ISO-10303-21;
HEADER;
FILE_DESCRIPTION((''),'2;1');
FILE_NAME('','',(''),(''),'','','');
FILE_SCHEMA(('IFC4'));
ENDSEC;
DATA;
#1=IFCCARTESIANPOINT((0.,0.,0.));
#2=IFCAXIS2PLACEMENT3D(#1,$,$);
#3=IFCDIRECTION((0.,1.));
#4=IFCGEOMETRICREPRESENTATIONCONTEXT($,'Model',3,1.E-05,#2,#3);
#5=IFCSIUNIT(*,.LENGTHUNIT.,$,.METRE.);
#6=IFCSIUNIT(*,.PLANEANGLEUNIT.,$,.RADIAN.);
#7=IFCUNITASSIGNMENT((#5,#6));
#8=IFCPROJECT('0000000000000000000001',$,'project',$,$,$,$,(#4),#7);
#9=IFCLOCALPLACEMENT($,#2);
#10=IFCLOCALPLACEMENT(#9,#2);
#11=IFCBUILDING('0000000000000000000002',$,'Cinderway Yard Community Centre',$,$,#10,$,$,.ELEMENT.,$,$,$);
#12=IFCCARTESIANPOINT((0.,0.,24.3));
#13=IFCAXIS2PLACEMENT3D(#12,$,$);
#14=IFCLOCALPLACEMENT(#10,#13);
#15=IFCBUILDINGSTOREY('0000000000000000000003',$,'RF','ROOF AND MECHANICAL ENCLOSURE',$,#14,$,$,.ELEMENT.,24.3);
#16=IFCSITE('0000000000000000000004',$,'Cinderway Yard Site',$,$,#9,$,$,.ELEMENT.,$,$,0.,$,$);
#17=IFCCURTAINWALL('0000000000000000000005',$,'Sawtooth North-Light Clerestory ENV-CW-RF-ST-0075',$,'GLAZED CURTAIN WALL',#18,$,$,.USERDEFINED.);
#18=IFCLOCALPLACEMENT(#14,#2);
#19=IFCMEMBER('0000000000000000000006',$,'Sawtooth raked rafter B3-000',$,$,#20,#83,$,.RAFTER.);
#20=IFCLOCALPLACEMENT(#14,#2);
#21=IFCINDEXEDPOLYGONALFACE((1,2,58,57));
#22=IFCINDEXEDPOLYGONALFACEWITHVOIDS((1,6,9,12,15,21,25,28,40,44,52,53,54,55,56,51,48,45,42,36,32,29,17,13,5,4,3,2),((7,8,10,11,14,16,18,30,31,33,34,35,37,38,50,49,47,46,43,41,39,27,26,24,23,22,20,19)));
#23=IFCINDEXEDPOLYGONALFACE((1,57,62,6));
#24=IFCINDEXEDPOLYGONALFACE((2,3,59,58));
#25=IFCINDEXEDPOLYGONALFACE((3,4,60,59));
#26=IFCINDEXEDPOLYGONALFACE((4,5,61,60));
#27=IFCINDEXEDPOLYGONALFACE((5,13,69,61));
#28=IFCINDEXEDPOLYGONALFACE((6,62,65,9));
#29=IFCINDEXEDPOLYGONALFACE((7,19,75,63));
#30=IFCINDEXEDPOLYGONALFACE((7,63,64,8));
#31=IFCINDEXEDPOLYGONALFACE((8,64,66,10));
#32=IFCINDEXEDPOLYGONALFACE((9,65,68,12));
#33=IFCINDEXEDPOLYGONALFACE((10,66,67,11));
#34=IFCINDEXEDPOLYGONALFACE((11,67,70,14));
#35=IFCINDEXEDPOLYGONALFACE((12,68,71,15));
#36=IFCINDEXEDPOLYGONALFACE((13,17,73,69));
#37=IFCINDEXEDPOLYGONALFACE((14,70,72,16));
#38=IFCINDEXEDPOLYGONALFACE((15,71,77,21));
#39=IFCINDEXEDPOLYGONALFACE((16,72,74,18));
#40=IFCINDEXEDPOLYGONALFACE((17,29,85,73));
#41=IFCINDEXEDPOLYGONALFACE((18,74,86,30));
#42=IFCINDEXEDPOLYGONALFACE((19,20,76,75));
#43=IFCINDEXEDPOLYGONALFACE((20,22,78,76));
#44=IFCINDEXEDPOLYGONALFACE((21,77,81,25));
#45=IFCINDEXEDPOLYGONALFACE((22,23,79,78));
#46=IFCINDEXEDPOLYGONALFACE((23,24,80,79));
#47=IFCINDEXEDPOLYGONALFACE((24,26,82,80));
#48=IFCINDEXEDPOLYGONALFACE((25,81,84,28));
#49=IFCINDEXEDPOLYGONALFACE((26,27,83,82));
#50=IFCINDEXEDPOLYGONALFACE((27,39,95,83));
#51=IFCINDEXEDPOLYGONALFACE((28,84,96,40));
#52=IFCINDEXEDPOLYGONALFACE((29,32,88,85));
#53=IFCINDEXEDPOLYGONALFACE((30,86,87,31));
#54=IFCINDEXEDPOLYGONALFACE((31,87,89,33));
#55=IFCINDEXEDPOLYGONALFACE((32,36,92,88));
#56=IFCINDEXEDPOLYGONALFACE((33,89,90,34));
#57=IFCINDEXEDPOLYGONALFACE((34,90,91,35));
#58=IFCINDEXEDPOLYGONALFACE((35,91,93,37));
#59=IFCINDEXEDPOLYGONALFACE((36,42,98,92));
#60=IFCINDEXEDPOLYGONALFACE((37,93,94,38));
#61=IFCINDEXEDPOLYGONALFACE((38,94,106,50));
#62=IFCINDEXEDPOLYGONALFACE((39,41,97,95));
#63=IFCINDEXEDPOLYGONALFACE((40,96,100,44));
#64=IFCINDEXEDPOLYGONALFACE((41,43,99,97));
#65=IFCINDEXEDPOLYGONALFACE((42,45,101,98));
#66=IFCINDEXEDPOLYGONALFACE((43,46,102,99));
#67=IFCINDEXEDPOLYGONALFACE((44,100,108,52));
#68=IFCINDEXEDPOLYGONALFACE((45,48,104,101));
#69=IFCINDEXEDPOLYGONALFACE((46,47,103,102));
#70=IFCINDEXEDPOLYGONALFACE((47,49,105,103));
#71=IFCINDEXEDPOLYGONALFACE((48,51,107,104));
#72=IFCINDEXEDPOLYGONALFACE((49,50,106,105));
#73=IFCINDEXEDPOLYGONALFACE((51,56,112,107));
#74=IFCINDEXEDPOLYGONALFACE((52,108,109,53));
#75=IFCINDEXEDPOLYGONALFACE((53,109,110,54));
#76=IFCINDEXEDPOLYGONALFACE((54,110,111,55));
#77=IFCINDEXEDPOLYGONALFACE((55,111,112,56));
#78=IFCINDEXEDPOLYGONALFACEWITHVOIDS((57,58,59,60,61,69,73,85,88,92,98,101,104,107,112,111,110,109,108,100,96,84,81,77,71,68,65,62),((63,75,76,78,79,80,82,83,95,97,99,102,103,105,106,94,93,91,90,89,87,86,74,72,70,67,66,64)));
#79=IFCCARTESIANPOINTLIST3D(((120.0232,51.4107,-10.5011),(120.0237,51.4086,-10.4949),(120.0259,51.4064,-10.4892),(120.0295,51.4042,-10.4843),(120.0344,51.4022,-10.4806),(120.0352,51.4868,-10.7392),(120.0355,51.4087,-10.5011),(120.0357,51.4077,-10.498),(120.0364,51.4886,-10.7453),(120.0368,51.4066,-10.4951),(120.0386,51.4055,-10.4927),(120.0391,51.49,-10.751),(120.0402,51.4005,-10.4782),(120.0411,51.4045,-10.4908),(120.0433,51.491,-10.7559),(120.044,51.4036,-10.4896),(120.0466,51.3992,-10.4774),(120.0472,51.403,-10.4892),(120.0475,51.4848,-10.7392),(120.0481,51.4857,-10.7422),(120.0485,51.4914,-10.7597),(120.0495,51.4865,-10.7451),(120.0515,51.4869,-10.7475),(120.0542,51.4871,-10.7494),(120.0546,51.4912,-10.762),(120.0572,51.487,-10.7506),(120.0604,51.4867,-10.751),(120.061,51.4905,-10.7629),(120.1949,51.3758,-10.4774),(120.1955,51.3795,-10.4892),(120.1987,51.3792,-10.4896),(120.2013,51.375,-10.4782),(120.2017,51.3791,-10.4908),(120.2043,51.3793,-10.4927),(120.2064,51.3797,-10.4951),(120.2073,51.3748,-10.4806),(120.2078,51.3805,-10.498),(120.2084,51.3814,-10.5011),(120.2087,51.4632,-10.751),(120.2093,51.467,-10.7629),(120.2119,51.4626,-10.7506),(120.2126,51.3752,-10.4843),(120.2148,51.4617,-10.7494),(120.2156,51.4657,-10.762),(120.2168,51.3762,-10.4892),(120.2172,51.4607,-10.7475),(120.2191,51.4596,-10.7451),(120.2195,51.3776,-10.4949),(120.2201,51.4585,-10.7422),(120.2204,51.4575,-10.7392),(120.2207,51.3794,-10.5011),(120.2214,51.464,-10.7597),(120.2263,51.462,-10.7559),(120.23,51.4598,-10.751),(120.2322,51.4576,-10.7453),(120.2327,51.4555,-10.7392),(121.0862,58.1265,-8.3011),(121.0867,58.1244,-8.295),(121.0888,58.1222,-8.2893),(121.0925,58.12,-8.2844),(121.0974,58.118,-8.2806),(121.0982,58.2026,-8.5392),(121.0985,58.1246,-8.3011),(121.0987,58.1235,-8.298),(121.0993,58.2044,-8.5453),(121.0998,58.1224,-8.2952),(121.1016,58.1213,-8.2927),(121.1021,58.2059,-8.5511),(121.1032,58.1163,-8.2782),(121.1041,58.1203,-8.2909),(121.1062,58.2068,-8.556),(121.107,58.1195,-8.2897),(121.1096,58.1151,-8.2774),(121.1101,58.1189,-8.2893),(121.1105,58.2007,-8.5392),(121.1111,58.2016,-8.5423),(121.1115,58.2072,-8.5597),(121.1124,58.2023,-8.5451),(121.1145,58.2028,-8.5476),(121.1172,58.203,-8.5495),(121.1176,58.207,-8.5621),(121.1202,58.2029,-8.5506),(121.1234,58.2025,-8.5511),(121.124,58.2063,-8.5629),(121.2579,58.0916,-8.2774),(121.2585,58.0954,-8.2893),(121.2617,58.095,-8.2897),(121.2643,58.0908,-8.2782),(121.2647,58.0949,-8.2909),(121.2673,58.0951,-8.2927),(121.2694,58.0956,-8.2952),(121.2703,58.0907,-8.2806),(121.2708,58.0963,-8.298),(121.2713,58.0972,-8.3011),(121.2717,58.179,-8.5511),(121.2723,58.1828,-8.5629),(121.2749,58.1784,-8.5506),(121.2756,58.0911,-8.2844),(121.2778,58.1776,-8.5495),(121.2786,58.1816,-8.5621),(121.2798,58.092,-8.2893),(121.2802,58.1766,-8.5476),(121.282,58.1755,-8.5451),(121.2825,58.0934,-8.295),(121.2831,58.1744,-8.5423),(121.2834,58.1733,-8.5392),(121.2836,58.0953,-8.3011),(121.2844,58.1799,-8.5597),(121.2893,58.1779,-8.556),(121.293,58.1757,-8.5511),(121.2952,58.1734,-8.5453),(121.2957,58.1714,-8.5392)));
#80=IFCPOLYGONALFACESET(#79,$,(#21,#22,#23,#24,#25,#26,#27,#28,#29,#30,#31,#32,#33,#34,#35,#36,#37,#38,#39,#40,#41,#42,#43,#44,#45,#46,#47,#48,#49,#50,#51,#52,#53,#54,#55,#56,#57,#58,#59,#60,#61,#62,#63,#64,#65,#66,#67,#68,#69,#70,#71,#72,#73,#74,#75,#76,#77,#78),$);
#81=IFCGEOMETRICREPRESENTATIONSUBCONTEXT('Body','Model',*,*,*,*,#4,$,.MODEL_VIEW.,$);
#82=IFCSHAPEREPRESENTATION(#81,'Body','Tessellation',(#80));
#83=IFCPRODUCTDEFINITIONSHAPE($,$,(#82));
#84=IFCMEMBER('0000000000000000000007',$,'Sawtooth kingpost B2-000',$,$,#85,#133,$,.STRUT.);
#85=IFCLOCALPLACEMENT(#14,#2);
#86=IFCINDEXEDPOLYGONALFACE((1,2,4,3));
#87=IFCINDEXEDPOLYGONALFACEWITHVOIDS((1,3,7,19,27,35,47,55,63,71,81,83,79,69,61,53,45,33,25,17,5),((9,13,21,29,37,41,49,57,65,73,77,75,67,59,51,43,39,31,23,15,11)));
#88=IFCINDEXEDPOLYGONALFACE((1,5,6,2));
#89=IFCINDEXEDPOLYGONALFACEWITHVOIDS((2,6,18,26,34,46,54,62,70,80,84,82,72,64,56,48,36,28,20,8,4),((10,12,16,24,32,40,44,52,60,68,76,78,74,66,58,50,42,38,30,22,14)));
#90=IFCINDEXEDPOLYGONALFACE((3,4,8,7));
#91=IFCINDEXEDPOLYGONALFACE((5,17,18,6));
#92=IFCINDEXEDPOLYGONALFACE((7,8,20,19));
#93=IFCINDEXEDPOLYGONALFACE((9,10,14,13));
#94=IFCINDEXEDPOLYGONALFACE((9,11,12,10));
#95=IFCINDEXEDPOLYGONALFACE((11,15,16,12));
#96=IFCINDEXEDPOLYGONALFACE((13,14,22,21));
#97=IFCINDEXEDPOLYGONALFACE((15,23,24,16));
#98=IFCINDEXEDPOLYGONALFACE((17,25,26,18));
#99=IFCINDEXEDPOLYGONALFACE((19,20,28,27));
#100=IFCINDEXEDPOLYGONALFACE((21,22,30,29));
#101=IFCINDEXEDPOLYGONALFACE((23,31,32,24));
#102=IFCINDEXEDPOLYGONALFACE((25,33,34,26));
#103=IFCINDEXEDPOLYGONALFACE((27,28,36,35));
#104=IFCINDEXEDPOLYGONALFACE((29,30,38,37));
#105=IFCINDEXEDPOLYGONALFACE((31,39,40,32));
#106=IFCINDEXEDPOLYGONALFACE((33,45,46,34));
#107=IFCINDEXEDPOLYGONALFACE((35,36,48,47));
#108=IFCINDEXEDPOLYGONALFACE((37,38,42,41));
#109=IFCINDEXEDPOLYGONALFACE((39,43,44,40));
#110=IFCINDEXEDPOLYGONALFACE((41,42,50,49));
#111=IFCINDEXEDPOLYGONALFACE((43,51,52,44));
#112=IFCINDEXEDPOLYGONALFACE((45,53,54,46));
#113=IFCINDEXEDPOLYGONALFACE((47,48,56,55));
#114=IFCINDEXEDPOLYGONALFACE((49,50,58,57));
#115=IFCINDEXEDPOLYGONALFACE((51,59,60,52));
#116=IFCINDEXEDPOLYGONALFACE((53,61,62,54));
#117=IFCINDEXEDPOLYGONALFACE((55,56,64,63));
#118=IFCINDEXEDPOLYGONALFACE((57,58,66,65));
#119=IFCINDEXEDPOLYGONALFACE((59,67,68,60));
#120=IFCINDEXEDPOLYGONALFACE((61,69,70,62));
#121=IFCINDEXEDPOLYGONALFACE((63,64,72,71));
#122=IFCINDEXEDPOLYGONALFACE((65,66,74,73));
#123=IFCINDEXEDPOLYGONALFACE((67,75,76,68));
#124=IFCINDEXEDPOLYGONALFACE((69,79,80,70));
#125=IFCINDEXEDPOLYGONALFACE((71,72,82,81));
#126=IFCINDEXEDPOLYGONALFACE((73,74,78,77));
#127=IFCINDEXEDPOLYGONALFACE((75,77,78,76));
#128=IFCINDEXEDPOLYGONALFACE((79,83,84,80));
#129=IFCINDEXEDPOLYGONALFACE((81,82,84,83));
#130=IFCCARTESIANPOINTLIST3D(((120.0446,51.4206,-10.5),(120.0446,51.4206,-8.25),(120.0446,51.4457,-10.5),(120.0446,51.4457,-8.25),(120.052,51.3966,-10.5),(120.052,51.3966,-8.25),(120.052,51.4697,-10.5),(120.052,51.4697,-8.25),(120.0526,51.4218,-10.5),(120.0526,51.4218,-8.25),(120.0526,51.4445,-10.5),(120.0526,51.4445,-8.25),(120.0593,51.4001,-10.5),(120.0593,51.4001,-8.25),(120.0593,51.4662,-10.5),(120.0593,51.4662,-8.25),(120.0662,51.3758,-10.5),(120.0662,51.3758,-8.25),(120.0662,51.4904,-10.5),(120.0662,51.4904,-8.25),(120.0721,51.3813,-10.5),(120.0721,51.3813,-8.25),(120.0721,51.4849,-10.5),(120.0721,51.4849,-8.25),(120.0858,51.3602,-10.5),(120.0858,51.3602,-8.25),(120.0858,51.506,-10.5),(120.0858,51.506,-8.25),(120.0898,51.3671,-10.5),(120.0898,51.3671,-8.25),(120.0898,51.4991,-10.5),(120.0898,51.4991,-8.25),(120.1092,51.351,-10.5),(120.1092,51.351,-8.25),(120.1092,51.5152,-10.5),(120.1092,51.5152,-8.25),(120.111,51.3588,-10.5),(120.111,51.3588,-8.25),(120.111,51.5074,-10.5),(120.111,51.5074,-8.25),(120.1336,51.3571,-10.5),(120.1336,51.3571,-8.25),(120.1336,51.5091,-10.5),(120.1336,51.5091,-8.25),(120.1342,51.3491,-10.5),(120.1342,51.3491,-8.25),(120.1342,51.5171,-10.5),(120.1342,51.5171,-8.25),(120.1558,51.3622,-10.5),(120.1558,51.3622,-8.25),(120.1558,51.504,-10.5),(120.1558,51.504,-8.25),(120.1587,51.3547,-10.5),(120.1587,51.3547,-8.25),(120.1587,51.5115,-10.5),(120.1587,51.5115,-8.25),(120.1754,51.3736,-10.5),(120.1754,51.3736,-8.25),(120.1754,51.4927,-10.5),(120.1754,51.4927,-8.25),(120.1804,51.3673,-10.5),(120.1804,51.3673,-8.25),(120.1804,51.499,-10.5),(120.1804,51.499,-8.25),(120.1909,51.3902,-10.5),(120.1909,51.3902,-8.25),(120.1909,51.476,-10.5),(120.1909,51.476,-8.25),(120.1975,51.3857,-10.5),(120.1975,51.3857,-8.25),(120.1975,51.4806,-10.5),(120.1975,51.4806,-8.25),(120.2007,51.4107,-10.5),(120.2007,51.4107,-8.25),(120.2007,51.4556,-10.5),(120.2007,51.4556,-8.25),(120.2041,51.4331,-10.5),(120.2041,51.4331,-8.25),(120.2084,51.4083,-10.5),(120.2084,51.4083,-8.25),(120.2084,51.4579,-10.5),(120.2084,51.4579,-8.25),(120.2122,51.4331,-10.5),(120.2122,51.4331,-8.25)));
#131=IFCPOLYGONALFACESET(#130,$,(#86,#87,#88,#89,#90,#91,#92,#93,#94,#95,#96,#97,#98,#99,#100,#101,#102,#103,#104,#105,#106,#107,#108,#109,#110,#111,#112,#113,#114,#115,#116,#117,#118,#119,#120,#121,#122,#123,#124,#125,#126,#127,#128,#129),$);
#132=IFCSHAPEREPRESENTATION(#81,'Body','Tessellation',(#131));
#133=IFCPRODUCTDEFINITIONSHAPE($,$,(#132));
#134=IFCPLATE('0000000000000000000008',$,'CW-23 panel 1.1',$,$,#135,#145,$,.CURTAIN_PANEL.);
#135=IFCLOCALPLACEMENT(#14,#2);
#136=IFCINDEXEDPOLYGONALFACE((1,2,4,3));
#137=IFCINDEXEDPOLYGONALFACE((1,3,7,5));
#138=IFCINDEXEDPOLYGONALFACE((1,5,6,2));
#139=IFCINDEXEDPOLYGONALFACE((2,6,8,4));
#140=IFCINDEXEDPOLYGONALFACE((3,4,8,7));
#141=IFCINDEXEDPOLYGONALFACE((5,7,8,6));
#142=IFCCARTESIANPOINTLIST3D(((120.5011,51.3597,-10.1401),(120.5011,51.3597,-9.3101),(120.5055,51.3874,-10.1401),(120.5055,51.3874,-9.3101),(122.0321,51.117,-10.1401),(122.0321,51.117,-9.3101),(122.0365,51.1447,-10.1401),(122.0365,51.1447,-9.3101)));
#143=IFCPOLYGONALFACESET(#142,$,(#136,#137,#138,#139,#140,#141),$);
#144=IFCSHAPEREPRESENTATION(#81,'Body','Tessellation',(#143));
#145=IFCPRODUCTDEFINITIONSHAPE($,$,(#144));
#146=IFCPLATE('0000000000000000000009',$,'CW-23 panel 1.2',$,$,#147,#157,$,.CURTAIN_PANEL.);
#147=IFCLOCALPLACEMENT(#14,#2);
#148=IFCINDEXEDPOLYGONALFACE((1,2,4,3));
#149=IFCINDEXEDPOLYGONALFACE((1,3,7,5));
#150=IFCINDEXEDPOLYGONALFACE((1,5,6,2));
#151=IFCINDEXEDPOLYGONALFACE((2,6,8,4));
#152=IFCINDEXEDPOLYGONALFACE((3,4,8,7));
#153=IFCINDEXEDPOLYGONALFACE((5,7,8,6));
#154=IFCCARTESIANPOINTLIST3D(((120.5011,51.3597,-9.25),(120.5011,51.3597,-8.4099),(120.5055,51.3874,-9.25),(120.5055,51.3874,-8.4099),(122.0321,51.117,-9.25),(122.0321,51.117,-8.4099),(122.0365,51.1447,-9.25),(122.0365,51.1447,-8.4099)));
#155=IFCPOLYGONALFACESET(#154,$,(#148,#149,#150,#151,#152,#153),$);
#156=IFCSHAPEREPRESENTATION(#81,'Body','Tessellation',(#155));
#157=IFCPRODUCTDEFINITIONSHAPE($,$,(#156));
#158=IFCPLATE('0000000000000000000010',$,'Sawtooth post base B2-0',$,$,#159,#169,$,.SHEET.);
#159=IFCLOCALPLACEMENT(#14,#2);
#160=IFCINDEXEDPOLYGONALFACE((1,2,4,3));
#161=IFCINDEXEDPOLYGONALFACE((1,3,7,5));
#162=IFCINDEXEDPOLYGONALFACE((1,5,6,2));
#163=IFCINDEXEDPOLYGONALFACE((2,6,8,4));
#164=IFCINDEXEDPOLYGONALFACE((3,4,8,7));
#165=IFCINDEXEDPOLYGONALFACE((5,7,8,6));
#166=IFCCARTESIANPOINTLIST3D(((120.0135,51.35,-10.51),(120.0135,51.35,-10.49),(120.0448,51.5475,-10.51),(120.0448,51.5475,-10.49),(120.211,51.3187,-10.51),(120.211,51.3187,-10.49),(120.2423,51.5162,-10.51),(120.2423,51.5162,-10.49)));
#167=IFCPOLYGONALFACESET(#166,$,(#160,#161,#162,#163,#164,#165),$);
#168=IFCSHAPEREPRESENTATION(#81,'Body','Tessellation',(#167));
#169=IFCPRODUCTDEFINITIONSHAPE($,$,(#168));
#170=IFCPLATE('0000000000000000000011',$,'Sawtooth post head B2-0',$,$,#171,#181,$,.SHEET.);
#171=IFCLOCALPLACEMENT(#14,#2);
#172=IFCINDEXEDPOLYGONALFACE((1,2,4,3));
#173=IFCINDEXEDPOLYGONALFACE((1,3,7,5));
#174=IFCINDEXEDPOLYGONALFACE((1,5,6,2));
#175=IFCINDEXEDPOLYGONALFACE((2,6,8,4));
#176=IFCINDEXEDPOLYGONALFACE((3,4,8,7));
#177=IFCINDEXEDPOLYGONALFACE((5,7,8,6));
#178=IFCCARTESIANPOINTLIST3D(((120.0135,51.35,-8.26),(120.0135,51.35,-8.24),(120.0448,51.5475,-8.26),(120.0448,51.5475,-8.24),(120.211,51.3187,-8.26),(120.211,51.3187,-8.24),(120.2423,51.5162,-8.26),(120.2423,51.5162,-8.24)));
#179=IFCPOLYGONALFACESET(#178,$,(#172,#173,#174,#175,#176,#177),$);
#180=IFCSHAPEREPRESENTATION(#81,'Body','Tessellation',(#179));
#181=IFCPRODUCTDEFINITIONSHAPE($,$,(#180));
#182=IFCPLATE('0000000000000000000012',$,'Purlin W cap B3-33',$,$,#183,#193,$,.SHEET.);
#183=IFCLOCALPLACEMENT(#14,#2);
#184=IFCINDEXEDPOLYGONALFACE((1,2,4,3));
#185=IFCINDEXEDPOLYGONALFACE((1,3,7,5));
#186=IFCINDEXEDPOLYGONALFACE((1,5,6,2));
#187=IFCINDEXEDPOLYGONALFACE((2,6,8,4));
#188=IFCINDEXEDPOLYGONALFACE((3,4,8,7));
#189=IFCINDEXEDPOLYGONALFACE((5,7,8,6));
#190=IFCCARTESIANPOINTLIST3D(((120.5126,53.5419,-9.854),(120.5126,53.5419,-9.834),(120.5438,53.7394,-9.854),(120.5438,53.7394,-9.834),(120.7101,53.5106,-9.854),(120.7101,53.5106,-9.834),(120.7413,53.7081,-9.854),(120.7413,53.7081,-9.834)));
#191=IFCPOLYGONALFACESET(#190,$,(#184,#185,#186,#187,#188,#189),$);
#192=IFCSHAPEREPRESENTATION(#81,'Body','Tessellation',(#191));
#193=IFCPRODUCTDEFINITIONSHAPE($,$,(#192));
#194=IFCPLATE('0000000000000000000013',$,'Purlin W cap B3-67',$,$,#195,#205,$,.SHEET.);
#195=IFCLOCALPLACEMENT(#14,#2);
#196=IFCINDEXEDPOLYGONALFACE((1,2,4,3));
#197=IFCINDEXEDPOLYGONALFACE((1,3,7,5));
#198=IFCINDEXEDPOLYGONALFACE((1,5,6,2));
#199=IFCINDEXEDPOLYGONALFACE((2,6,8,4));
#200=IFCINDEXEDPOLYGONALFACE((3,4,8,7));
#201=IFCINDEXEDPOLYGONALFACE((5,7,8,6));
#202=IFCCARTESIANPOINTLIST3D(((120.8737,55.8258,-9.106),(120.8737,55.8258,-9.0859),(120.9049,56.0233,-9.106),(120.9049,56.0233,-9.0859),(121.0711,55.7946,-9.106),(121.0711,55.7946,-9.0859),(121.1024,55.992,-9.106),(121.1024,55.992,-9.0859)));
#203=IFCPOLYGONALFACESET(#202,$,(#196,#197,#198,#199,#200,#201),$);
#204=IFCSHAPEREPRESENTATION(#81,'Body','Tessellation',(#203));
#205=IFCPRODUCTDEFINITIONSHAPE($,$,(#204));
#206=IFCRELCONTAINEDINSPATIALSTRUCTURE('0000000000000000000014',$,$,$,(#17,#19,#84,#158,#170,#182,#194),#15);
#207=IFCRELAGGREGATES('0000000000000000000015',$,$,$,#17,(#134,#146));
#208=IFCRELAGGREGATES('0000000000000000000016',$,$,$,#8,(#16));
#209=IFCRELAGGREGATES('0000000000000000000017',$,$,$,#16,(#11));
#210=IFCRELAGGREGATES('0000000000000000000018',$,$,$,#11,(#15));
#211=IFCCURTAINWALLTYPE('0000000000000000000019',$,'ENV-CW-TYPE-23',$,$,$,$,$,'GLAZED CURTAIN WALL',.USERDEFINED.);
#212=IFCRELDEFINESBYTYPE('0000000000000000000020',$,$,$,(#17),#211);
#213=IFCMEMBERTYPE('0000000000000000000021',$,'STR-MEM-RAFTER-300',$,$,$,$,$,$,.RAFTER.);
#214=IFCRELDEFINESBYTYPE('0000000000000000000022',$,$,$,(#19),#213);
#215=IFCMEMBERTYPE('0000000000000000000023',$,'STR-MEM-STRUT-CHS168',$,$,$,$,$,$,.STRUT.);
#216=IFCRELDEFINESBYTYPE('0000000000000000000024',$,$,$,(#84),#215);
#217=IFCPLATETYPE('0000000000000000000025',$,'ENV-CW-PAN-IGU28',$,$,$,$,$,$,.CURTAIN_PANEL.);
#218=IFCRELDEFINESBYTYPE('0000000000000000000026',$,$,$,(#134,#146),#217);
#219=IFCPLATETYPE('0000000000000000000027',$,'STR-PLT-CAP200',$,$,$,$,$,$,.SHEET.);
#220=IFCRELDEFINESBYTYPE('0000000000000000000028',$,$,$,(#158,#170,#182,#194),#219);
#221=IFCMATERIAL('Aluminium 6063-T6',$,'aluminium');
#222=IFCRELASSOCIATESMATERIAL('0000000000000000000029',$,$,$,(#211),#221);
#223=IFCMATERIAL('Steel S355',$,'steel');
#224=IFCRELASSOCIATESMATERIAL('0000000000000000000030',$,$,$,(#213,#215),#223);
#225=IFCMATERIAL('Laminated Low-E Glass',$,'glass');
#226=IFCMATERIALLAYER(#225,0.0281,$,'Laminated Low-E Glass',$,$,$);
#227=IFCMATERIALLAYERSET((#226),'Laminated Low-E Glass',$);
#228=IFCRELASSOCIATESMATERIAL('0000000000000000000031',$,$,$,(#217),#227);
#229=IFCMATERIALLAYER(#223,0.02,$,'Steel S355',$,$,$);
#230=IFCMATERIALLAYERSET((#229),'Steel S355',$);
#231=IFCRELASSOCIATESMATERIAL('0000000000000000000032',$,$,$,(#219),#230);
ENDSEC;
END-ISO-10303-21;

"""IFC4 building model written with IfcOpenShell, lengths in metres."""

from ifc_helpers import new_model, si_unit, direction, frame, origin, origin_2d, place, context, subcontext, project, spatial, rectangle, hollow_rectangle, hollow_circle, extrude, material, layer, layer_set, material_profile, profile_set, type_object, element, aggregate, save


model = new_model("IFC4")

# Units and contexts
model_context = context("Model", 3, precision=1e-05, world=origin(), true_north=direction((0.0, 1.0)))
body_context = subcontext(model_context, "Body", "Model", "MODEL_VIEW")
ifc_project = project(units=[si_unit("LENGTHUNIT", "METRE"), si_unit("PLANEANGLEUNIT", "RADIAN")], contexts=[model_context])

# Site, building, storey
site_placement = place(None, origin())
site = spatial("IfcSite", under=ifc_project, at=site_placement, Name="Cinderway Yard Site", CompositionType="ELEMENT", RefElevation=0.0)
building_placement = place(site_placement, origin())
building = spatial("IfcBuilding", under=site, at=building_placement, Name="Cinderway Yard Community Centre", CompositionType="ELEMENT")
storey_placement = place(building_placement, frame((0.0, 0.0, 24.3)))
storey = spatial("IfcBuildingStorey", under=building, at=storey_placement, Name="RF", Description="ROOF AND MECHANICAL ENCLOSURE", CompositionType="ELEMENT", Elevation=24.3)

# Shared definitions
ifc_material_1 = material(Name="Steel S355", Category="steel")

# Curtain wall
ifc_material_2 = material(Name="Aluminium 6063-T6", Category="aluminium")
curtain_wall_type = type_object("IfcCurtainWallType", Name="ENV-CW-TYPE-23", ElementType="GLAZED CURTAIN WALL", PredefinedType="USERDEFINED", material=ifc_material_2)
curtain_wall_1_placement = place(storey_placement, origin())
curtain_wall_1 = element("IfcCurtainWall", 1, at=curtain_wall_1_placement, inside=storey, type_object=curtain_wall_type, Name="Sawtooth North-Light Clerestory ENV-CW-RF-ST-0075", ObjectType="GLAZED CURTAIN WALL", PredefinedType="USERDEFINED")

# Members
ifc_material_profile_1 = material_profile(ifc_material_1, hollow_rectangle(XDim=0.2, YDim=0.3, WallThickness=0.0125, InnerFilletRadius=0.0125, OuterFilletRadius=0.0249, at=origin_2d()), Name="Steel S355")
ifc_profile_set_1 = profile_set([ifc_material_profile_1], Name="Steel S355")
member_type_1 = type_object("IfcMemberType", Name="STR-MEM-RAFTER-300", PredefinedType="RAFTER", material=ifc_profile_set_1)
member_1_placement = place(storey_placement, frame((120.1279, 51.4331, -10.6201), z_axis=(0.148743, 0.93974, 0.307838), x_axis=(-0.987704, 0.156335, 0.0)))
element("IfcMember", 2, at=member_1_placement, inside=storey, type_object=member_type_1, Name="Sawtooth raked rafter B3-000", PredefinedType="RAFTER", context=body_context, shape_type="SweptSolid", body=[
    extrude(hollow_rectangle(XDim=0.2, YDim=0.3, WallThickness=0.0125, InnerFilletRadius=0.0125, OuterFilletRadius=0.0249, at=origin_2d()), origin(), (0.0, 0.0, 1.0), 7.1465),
])
ifc_material_profile_2 = material_profile(ifc_material_1, hollow_circle(Radius=0.0842, WallThickness=0.0081, at=origin_2d()), Name="Steel S355")
ifc_profile_set_2 = profile_set([ifc_material_profile_2], Name="Steel S355")
member_type_2 = type_object("IfcMemberType", Name="STR-MEM-STRUT-CHS168", PredefinedType="STRUT", material=ifc_profile_set_2)
member_2_placement = place(storey_placement, frame((120.1279, 51.4331, -10.5), z_axis=(0.0, 0.0, 1.0), x_axis=(1.0, 0.0, 0.0)))
element("IfcMember", 3, at=member_2_placement, inside=storey, type_object=member_type_2, Name="Sawtooth kingpost B2-000", PredefinedType="STRUT", context=body_context, shape_type="SweptSolid", body=[
    extrude(hollow_circle(Radius=0.0842, WallThickness=0.0081, at=origin_2d()), origin(), (0.0, 0.0, 1.0), 2.25),
])

# Plates
ifc_material_3 = material(Name="Laminated Low-E Glass", Category="glass")
ifc_layer_1 = layer(ifc_material_3, 0.0281, Name="Laminated Low-E Glass")
ifc_layer_set_1 = layer_set([ifc_layer_1], Name="Laminated Low-E Glass")
plate_type_1 = type_object("IfcPlateType", Name="ENV-CW-PAN-IGU28", PredefinedType="CURTAIN_PANEL", material=ifc_layer_set_1)
plate_1_placement = place(storey_placement, frame((121.2688, 51.2522, -10.1401), z_axis=(0.0, 0.0, 1.0), x_axis=(0.987669, -0.156557, 0.0)))
plate_1 = element("IfcPlate", 4, at=plate_1_placement, type_object=plate_type_1, Name="CW-23 panel 1.1", PredefinedType="CURTAIN_PANEL", context=body_context, shape_type="SweptSolid", body=[
    extrude(rectangle(XDim=1.55, YDim=0.0281, at=origin_2d()), origin(), (0.0, 0.0, 1.0), 0.8301),
])
plate_2_placement = place(storey_placement, frame((121.2688, 51.2522, -9.25), z_axis=(0.0, 0.0, 1.0), x_axis=(0.987669, -0.156557, 0.0)))
plate_2 = element("IfcPlate", 5, at=plate_2_placement, type_object=plate_type_1, Name="CW-23 panel 1.2", PredefinedType="CURTAIN_PANEL", context=body_context, shape_type="SweptSolid", body=[
    extrude(rectangle(XDim=1.55, YDim=0.0281, at=origin_2d()), origin(), (0.0, 0.0, 1.0), 0.8401),
])
aggregate(curtain_wall_1, [plate_1, plate_2])

# Plates
ifc_layer_2 = layer(ifc_material_1, 0.02, Name="Steel S355")
ifc_layer_set_2 = layer_set([ifc_layer_2], Name="Steel S355")
plate_type_2 = type_object("IfcPlateType", Name="STR-PLT-CAP200", PredefinedType="SHEET", material=ifc_layer_set_2)
for number, where, z_axis, x_axis, name in (
    (6, (120.1279, 51.4331, -10.51), (0.0, 0.0, 1.0), (0.987688, -0.156434, 0.0), "Sawtooth post base B2-0"),
    (7, (120.1279, 51.4331, -8.26), (0.0, 0.0, 1.0), (0.987688, -0.156434, 0.0), "Sawtooth post head B2-0"),
    (8, (120.627, 53.625, -9.854), (0.0, 0.0, 1.0), (0.987688, -0.156434, 0.0), "Purlin W cap B3-33"),
    (9, (120.988, 55.9089, -9.106), (0.0, 0.0, 1.0), (0.987688, -0.156434, 0.0), "Purlin W cap B3-67"),
):
    element("IfcPlate", number, at=place(storey_placement, frame(where, z_axis=z_axis, x_axis=x_axis)), inside=storey, type_object=plate_type_2, Name=name, PredefinedType="SHEET", context=body_context, shape_type="SweptSolid", body=[
        extrude(rectangle(XDim=0.2, YDim=0.2, at=origin_2d()), origin(), (0.0, 0.0, 1.0), 0.02),
    ])

save(model, "model.ifc")
